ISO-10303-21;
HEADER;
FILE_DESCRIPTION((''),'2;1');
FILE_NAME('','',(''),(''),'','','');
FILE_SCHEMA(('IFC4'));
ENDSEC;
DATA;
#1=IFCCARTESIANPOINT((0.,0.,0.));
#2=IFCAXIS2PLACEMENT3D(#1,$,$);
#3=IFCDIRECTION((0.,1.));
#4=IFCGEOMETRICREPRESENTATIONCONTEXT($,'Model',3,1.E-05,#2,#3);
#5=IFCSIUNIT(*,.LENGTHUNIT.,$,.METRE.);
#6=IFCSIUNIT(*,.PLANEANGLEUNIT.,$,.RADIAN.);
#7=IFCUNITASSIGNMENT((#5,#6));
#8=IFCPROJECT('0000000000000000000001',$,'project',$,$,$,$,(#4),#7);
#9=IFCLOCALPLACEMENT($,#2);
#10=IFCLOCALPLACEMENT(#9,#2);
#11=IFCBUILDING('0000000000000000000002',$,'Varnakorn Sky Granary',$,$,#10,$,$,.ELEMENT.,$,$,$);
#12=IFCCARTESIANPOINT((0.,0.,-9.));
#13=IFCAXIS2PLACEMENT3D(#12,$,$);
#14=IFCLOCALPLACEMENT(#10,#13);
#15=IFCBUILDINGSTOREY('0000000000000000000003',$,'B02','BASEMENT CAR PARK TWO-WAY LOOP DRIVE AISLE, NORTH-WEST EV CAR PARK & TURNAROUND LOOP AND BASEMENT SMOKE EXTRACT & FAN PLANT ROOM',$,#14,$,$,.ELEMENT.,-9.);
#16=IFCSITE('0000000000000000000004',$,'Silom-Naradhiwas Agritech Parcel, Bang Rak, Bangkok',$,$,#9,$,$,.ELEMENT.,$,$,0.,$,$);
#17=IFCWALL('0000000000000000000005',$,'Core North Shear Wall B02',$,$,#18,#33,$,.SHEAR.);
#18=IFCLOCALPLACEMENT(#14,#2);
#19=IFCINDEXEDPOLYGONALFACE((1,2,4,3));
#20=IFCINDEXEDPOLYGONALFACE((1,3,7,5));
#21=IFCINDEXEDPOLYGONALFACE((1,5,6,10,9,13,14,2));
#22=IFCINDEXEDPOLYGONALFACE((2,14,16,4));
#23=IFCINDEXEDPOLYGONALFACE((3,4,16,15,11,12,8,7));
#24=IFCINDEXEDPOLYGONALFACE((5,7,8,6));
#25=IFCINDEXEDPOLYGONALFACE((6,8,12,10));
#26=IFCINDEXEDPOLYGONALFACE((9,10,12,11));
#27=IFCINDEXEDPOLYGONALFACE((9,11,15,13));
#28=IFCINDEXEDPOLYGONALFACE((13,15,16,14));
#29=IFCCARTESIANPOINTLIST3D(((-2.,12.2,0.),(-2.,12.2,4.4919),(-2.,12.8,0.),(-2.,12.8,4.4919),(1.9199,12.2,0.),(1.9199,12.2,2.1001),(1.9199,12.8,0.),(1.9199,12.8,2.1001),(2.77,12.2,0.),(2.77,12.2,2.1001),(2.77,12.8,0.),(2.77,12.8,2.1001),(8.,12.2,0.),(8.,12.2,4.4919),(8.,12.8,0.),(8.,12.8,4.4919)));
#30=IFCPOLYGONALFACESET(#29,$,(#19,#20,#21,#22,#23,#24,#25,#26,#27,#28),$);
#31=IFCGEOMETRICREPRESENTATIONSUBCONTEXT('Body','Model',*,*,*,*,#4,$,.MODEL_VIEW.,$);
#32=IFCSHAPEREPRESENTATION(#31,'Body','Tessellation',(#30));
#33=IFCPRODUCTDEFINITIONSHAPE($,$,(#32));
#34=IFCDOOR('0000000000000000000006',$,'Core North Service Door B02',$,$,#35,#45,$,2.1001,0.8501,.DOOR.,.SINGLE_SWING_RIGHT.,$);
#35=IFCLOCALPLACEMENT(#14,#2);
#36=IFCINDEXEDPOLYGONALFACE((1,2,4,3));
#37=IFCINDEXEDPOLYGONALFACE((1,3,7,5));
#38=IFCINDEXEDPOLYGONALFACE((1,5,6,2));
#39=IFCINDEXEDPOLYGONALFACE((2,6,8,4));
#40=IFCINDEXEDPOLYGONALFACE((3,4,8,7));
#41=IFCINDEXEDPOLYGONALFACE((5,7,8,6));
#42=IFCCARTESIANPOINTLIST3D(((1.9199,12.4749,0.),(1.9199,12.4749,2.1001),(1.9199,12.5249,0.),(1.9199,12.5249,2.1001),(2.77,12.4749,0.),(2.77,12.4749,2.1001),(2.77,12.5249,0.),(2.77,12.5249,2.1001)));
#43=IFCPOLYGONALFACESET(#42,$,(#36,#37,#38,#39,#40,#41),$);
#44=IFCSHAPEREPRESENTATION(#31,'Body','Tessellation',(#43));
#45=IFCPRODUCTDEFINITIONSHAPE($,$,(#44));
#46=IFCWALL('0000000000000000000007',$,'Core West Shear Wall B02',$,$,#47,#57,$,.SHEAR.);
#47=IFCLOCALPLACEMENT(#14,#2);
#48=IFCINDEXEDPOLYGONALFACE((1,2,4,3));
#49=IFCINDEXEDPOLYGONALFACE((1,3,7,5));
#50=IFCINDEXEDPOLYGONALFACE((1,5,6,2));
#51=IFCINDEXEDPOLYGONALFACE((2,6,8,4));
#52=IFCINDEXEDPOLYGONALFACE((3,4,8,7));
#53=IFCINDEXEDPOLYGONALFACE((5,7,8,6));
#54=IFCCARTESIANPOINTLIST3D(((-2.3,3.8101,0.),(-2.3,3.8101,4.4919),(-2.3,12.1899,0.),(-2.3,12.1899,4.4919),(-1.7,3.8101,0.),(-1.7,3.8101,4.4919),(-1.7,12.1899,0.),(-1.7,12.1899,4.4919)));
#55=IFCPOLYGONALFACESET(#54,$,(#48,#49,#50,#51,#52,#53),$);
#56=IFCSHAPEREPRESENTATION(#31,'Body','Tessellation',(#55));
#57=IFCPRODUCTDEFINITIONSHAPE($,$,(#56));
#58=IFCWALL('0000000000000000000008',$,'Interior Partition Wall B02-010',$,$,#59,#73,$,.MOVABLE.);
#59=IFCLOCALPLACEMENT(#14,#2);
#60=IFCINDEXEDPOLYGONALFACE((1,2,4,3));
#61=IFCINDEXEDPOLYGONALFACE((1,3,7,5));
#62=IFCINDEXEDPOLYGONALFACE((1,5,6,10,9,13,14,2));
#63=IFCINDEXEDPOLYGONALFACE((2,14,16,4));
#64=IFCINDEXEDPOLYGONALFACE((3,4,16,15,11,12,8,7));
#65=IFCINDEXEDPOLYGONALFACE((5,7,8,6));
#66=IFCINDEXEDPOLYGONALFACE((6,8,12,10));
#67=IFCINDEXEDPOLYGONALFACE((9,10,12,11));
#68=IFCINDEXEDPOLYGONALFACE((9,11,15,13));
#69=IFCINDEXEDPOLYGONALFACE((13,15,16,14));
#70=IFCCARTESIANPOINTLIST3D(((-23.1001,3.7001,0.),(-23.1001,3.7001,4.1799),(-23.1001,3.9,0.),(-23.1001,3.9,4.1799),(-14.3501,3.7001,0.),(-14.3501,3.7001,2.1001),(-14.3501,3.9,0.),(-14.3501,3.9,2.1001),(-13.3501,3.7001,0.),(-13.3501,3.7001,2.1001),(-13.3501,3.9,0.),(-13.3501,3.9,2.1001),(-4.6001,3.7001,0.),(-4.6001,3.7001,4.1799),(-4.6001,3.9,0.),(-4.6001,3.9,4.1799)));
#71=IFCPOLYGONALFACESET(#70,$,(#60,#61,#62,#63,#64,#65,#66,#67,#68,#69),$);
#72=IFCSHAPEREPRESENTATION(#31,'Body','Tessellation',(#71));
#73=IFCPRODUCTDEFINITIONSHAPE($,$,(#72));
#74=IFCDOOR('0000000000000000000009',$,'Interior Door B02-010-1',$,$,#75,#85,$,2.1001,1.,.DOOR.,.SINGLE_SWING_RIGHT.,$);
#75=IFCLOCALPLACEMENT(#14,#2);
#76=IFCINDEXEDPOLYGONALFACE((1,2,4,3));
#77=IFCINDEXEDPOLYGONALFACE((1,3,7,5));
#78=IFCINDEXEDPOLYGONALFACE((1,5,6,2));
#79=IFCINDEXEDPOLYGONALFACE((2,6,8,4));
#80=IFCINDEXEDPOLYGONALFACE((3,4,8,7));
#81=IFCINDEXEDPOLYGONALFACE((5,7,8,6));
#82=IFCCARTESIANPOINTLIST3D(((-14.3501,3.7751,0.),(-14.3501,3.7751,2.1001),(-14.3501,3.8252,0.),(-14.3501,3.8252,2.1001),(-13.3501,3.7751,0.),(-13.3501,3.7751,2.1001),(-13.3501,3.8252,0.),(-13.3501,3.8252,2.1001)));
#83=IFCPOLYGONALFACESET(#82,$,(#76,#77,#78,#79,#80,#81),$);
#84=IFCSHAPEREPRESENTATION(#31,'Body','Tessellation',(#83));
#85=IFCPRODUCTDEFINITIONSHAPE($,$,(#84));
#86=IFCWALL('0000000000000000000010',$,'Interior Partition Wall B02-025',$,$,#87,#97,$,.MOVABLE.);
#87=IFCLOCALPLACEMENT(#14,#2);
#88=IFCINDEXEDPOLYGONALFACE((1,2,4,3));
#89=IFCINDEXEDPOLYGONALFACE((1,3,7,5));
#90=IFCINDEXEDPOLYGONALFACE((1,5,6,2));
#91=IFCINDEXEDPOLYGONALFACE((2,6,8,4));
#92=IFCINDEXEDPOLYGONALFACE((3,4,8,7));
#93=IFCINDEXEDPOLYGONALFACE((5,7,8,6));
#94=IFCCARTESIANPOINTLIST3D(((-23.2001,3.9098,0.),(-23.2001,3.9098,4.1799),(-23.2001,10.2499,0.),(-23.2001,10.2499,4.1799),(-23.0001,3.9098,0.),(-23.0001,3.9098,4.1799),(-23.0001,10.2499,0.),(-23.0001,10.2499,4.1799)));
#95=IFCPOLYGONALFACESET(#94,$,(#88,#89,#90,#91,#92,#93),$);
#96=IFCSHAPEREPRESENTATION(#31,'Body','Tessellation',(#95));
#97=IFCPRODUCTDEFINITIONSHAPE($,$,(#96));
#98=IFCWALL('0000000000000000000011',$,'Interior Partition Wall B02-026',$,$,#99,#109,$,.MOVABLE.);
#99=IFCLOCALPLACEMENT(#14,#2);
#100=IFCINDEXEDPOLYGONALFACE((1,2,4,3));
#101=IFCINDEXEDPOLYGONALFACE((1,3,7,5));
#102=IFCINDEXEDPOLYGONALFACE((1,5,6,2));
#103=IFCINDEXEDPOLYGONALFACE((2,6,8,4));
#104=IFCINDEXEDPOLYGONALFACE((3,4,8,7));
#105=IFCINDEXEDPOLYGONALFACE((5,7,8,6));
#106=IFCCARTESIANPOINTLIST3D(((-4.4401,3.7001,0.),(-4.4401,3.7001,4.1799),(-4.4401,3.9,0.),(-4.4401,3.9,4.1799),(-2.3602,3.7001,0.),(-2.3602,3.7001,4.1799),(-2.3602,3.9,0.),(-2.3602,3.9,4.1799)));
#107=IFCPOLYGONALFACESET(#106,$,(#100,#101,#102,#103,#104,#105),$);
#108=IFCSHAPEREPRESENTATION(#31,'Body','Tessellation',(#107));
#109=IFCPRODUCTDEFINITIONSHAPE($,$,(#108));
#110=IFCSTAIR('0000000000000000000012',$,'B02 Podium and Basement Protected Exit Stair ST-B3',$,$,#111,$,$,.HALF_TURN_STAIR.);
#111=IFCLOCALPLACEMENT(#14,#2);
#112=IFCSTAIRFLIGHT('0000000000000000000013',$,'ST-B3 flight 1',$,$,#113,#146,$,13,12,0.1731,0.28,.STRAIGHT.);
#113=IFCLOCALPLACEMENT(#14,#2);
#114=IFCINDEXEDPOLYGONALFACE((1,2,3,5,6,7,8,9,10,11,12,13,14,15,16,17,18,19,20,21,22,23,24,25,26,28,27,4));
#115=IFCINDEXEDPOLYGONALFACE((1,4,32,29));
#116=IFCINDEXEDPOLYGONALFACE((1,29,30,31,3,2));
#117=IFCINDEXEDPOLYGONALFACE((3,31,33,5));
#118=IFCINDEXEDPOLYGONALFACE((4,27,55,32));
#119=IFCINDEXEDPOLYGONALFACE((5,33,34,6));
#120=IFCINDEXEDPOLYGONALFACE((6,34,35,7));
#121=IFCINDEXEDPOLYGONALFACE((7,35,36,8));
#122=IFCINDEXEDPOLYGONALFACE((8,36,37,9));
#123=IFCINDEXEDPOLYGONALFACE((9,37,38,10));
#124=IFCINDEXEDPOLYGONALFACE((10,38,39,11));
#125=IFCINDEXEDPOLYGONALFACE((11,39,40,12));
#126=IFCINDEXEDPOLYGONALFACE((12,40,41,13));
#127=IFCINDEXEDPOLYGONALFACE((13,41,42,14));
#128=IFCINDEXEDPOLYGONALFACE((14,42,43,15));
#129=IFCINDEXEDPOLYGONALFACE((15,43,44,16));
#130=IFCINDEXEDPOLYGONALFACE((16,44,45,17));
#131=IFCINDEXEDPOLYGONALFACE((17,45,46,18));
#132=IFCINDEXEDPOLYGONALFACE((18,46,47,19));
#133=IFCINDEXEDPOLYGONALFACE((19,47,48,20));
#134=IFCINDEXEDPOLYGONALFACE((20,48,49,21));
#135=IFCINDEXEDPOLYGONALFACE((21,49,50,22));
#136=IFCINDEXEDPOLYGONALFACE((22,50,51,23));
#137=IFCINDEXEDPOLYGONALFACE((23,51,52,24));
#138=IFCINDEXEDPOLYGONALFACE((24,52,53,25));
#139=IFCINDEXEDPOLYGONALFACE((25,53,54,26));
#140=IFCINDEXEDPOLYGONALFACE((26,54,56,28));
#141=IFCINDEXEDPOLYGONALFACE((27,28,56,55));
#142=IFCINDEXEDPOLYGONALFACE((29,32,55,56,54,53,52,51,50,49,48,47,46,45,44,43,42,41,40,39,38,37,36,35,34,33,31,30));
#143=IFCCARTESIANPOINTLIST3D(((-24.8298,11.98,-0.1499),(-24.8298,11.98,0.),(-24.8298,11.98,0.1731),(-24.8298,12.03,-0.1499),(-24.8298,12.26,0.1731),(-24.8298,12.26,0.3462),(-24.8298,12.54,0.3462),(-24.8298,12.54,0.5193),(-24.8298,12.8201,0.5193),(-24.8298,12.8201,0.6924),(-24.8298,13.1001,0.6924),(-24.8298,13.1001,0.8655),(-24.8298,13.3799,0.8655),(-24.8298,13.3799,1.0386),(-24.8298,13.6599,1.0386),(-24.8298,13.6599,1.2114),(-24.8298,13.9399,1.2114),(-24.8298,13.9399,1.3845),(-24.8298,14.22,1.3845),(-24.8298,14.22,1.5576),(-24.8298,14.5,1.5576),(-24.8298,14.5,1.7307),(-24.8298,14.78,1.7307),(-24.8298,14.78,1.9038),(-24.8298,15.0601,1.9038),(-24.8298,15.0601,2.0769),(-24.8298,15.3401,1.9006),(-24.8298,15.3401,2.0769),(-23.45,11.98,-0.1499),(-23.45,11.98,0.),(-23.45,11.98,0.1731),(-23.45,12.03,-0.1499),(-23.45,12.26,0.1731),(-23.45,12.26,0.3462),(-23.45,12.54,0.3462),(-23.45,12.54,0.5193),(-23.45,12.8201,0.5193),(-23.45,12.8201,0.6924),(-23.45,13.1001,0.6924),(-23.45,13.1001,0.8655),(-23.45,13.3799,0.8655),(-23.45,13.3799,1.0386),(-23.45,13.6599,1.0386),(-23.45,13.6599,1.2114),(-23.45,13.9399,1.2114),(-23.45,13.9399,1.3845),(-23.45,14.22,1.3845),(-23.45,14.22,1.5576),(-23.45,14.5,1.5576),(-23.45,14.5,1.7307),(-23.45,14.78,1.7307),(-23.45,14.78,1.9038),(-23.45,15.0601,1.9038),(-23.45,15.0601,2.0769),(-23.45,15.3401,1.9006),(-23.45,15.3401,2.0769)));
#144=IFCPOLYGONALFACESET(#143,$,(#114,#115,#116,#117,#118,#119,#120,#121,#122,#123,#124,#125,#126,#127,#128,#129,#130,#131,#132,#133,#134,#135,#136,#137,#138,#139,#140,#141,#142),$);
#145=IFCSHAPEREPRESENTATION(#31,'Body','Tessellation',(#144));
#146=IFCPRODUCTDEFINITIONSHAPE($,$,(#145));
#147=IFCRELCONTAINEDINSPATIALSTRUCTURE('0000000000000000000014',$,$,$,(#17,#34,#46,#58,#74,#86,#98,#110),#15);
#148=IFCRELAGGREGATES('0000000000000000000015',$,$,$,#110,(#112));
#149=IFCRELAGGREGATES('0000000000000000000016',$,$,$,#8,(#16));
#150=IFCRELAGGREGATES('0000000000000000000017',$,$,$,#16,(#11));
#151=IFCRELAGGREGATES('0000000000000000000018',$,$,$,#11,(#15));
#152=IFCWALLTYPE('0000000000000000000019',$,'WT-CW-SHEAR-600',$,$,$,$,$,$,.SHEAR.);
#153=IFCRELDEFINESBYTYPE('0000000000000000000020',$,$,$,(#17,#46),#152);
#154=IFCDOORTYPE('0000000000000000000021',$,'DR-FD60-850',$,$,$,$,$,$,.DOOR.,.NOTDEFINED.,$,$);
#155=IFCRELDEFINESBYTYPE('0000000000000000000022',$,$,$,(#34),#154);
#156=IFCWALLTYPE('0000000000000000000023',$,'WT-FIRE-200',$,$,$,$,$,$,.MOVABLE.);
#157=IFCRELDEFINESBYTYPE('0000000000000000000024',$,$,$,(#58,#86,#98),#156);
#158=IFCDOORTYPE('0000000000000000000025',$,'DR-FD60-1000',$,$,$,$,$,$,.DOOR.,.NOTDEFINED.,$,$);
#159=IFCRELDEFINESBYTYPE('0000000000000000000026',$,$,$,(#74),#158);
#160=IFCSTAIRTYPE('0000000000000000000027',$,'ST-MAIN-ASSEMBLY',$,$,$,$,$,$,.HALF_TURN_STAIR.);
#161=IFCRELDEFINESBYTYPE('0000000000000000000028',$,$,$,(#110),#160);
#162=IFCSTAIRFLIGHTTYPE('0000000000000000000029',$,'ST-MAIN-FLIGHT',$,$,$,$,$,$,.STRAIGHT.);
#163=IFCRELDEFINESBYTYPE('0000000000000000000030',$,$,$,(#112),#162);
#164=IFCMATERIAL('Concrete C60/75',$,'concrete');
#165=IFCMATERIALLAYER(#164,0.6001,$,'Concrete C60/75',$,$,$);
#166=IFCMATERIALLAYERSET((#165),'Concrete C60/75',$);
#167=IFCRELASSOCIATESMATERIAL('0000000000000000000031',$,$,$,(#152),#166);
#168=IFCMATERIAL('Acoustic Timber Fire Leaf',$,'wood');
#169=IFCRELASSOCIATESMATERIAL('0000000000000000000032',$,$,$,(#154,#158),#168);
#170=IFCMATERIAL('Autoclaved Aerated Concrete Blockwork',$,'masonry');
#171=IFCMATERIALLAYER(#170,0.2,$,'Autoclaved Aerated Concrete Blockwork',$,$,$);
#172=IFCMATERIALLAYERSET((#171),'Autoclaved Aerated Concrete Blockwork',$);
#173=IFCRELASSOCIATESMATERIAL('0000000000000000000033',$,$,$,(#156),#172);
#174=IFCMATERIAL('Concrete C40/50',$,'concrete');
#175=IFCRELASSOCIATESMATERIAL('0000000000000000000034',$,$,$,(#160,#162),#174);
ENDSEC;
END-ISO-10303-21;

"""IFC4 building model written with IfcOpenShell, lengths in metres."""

from ifc_helpers import new_model, si_unit, direction, frame, frame_2d, origin, place, context, subcontext, project, spatial, polyline, rectangle, outline, extrude, material, layer, layer_set, type_object, element, fill, aggregate, save


model = new_model("IFC4")

# Units and contexts
model_context = context("Model", 3, precision=1e-05, world=origin(), true_north=direction((0.0, 1.0)))
body_context = subcontext(model_context, "Body", "Model", "MODEL_VIEW")
ifc_project = project(units=[si_unit("LENGTHUNIT", "METRE"), si_unit("PLANEANGLEUNIT", "RADIAN")], contexts=[model_context])

# Site, building, storey
site_placement = place(None, origin())
site = spatial("IfcSite", under=ifc_project, at=site_placement, Name="Silom-Naradhiwas Agritech Parcel, Bang Rak, Bangkok", CompositionType="ELEMENT", RefElevation=0.0)
building_placement = place(site_placement, origin())
building = spatial("IfcBuilding", under=site, at=building_placement, Name="Varnakorn Sky Granary", CompositionType="ELEMENT")
storey_placement = place(building_placement, frame((0.0, 0.0, -9.0)))
storey = spatial("IfcBuildingStorey", under=building, at=storey_placement, Name="B02", Description="BASEMENT CAR PARK TWO-WAY LOOP DRIVE AISLE, NORTH-WEST EV CAR PARK & TURNAROUND LOOP AND BASEMENT SMOKE EXTRACT & FAN PLANT ROOM", CompositionType="ELEMENT", Elevation=-9.0)

# Shared definitions
ifc_material_1 = material(Name="Concrete C60/75", Category="concrete")

# Wall, opening, door
ifc_layer_1 = layer(ifc_material_1, 0.6001, Name="Concrete C60/75")
ifc_layer_set_1 = layer_set([ifc_layer_1], Name="Concrete C60/75")
wall_type_1 = type_object("IfcWallType", Name="WT-CW-SHEAR-600", PredefinedType="SHEAR", material=ifc_layer_set_1)
wall_1_placement = place(storey_placement, frame((-2.0, 12.5, 0.0), z_axis=(0.0, 0.0, 1.0), x_axis=(1.0, 0.0, 0.0)))
wall_1 = element("IfcWall", 1, at=wall_1_placement, inside=storey, type_object=wall_type_1, Name="Core North Shear Wall B02", PredefinedType="SHEAR", context=body_context, shape_type="SweptSolid", body=[
    extrude(rectangle(XDim=10.0, YDim=0.6001, at=frame_2d((5.0, 0.0))), origin(), (0.0, 0.0, 1.0), 4.4919),
])
opening_1_placement = place(wall_1_placement, frame((3.9199, 0.0, 0.0)))
opening_1 = element("IfcOpeningElement", 2, at=opening_1_placement, cuts=wall_1, PredefinedType="OPENING", context=body_context, shape_type="SweptSolid", body=[
    extrude(rectangle(XDim=0.8501, YDim=2.1001, at=frame_2d((0.425, 1.05))), frame((0.0, 0.3101, 0.0), z_axis=(0.0, -1.0, 0.0), x_axis=(1.0, 0.0, 0.0)), (0.0, 0.0, 1.0), 0.6201),
])
ifc_material_2 = material(Name="Acoustic Timber Fire Leaf", Category="wood")
door_type_1 = type_object("IfcDoorType", Name="DR-FD60-850", OperationType="NOTDEFINED", PredefinedType="DOOR", material=ifc_material_2)
door_1_placement = place(opening_1_placement, origin())
door_1 = element("IfcDoor", 3, at=door_1_placement, inside=storey, type_object=door_type_1, Name="Core North Service Door B02", OperationType="SINGLE_SWING_RIGHT", OverallHeight=2.1001, OverallWidth=0.8501, PredefinedType="DOOR", context=body_context, shape_type="SweptSolid", body=[
    extrude(rectangle(XDim=0.8501, YDim=2.1001, at=frame_2d((0.425, 1.05))), frame((0.0, 0.0249, 0.0), z_axis=(0.0, -1.0, 0.0), x_axis=(1.0, 0.0, 0.0)), (0.0, 0.0, 1.0), 0.05),
])
fill(opening_1, door_1)

# Wall
wall_2_placement = place(storey_placement, frame((-2.0, 3.8101, 0.0), z_axis=(0.0, 0.0, 1.0), x_axis=(0.0, 1.0, 0.0)))
element("IfcWall", 4, at=wall_2_placement, inside=storey, type_object=wall_type_1, Name="Core West Shear Wall B02", PredefinedType="SHEAR", context=body_context, shape_type="SweptSolid", body=[
    extrude(rectangle(XDim=8.3799, YDim=0.6001, at=frame_2d((4.1899, 0.0))), origin(), (0.0, 0.0, 1.0), 4.4919),
])

# Wall, opening, door
ifc_material_3 = material(Name="Autoclaved Aerated Concrete Blockwork", Category="masonry")
ifc_layer_2 = layer(ifc_material_3, 0.2, Name="Autoclaved Aerated Concrete Blockwork")
ifc_layer_set_2 = layer_set([ifc_layer_2], Name="Autoclaved Aerated Concrete Blockwork")
wall_type_2 = type_object("IfcWallType", Name="WT-FIRE-200", PredefinedType="MOVABLE", material=ifc_layer_set_2)
wall_3_placement = place(storey_placement, frame((-4.6001, 3.8, 0.0), z_axis=(0.0, 0.0, 1.0), x_axis=(-1.0, 0.0, 0.0)))
wall_3 = element("IfcWall", 5, at=wall_3_placement, inside=storey, type_object=wall_type_2, Name="Interior Partition Wall B02-010", PredefinedType="MOVABLE", context=body_context, shape_type="SweptSolid", body=[
    extrude(rectangle(XDim=18.5, YDim=0.2, at=frame_2d((9.25, 0.0))), origin(), (0.0, 0.0, 1.0), 4.1799),
])
opening_2_placement = place(wall_3_placement, frame((8.75, 0.0, 0.0)))
opening_2 = element("IfcOpeningElement", 6, at=opening_2_placement, cuts=wall_3, PredefinedType="OPENING", context=body_context, shape_type="SweptSolid", body=[
    extrude(rectangle(XDim=1.0, YDim=2.1001, at=frame_2d((0.5, 1.05))), frame((0.0, 0.1099, 0.0), z_axis=(0.0, -1.0, 0.0), x_axis=(1.0, 0.0, 0.0)), (0.0, 0.0, 1.0), 0.22),
])
door_type_2 = type_object("IfcDoorType", Name="DR-FD60-1000", OperationType="NOTDEFINED", PredefinedType="DOOR", material=ifc_material_2)
door_2_placement = place(opening_2_placement, origin())
door_2 = element("IfcDoor", 7, at=door_2_placement, inside=storey, type_object=door_type_2, Name="Interior Door B02-010-1", OperationType="SINGLE_SWING_RIGHT", OverallHeight=2.1001, OverallWidth=1.0, PredefinedType="DOOR", context=body_context, shape_type="SweptSolid", body=[
    extrude(rectangle(XDim=1.0, YDim=2.1001, at=frame_2d((0.5, 1.05))), frame((0.0, 0.0249, 0.0), z_axis=(0.0, -1.0, 0.0), x_axis=(1.0, 0.0, 0.0)), (0.0, 0.0, 1.0), 0.05),
])
fill(opening_2, door_2)

# Walls
wall_4_placement = place(storey_placement, frame((-23.1001, 3.9099, 0.0), z_axis=(0.0, 0.0, 1.0), x_axis=(0.0, 1.0, 0.0)))
element("IfcWall", 8, at=wall_4_placement, inside=storey, type_object=wall_type_2, Name="Interior Partition Wall B02-025", PredefinedType="MOVABLE", context=body_context, shape_type="SweptSolid", body=[
    extrude(rectangle(XDim=6.3401, YDim=0.2, at=frame_2d((3.1699, 0.0))), origin(), (0.0, 0.0, 1.0), 4.1799),
])
wall_5_placement = place(storey_placement, frame((-2.3601, 3.8, 0.0), z_axis=(0.0, 0.0, 1.0), x_axis=(-1.0, 0.0, 0.0)))
element("IfcWall", 9, at=wall_5_placement, inside=storey, type_object=wall_type_2, Name="Interior Partition Wall B02-026", PredefinedType="MOVABLE", context=body_context, shape_type="SweptSolid", body=[
    extrude(rectangle(XDim=2.0798, YDim=0.2, at=frame_2d((1.04, 0.0))), origin(), (0.0, 0.0, 1.0), 4.1799),
])

# Stair, stair flight
ifc_material_4 = material(Name="Concrete C40/50", Category="concrete")
stair_type = type_object("IfcStairType", Name="ST-MAIN-ASSEMBLY", PredefinedType="HALF_TURN_STAIR", material=ifc_material_4)
stair_placement = place(storey_placement, origin())
stair = element("IfcStair", 10, at=stair_placement, inside=storey, type_object=stair_type, Name="B02 Podium and Basement Protected Exit Stair ST-B3", PredefinedType="HALF_TURN_STAIR")
stair_flight_type = type_object("IfcStairFlightType", Name="ST-MAIN-FLIGHT", PredefinedType="STRAIGHT", material=ifc_material_4)
stair_flight_placement = place(storey_placement, frame((-24.1399, 11.98, 0.0), z_axis=(0.0, 0.0, 1.0), x_axis=(0.0, 1.0, 0.0)))
stair_flight = element("IfcStairFlight", 11, at=stair_flight_placement, type_object=stair_flight_type, Name="ST-B3 flight 1", NumberOfRisers=13, NumberOfTreads=12, PredefinedType="STRAIGHT", RiserHeight=0.1731, TreadLength=0.28, context=body_context, shape_type="SweptSolid", body=[
    extrude(outline(polyline([(0.0, -0.1499), (0.0, 0.0), (0.0, 0.1731), (0.28, 0.1731), (0.28, 0.3462), (0.5601, 0.3462), (0.5601, 0.5193), (0.8401, 0.5193), (0.8401, 0.6924), (1.1201, 0.6924), (1.1201, 0.8655), (1.3999, 0.8655), (1.3999, 1.0386), (1.6799, 1.0386), (1.6799, 1.2114), (1.96, 1.2114), (1.96, 1.3845), (2.24, 1.3845), (2.24, 1.5576), (2.52, 1.5576), (2.52, 1.7307), (2.8, 1.7307), (2.8, 1.9038), (3.0801, 1.9038), (3.0801, 2.0769), (3.3601, 2.0769), (3.3601, 2.25), (3.3601, 1.9006), (0.05, -0.1499), (0.0, -0.1499)])), frame((0.0, 0.6899, 0.0), z_axis=(0.0, -1.0, 0.0), x_axis=(1.0, 0.0, 0.0)), (0.0, 0.0, 1.0), 1.3799),
])
aggregate(stair, [stair_flight])

save(model, "model.ifc")
